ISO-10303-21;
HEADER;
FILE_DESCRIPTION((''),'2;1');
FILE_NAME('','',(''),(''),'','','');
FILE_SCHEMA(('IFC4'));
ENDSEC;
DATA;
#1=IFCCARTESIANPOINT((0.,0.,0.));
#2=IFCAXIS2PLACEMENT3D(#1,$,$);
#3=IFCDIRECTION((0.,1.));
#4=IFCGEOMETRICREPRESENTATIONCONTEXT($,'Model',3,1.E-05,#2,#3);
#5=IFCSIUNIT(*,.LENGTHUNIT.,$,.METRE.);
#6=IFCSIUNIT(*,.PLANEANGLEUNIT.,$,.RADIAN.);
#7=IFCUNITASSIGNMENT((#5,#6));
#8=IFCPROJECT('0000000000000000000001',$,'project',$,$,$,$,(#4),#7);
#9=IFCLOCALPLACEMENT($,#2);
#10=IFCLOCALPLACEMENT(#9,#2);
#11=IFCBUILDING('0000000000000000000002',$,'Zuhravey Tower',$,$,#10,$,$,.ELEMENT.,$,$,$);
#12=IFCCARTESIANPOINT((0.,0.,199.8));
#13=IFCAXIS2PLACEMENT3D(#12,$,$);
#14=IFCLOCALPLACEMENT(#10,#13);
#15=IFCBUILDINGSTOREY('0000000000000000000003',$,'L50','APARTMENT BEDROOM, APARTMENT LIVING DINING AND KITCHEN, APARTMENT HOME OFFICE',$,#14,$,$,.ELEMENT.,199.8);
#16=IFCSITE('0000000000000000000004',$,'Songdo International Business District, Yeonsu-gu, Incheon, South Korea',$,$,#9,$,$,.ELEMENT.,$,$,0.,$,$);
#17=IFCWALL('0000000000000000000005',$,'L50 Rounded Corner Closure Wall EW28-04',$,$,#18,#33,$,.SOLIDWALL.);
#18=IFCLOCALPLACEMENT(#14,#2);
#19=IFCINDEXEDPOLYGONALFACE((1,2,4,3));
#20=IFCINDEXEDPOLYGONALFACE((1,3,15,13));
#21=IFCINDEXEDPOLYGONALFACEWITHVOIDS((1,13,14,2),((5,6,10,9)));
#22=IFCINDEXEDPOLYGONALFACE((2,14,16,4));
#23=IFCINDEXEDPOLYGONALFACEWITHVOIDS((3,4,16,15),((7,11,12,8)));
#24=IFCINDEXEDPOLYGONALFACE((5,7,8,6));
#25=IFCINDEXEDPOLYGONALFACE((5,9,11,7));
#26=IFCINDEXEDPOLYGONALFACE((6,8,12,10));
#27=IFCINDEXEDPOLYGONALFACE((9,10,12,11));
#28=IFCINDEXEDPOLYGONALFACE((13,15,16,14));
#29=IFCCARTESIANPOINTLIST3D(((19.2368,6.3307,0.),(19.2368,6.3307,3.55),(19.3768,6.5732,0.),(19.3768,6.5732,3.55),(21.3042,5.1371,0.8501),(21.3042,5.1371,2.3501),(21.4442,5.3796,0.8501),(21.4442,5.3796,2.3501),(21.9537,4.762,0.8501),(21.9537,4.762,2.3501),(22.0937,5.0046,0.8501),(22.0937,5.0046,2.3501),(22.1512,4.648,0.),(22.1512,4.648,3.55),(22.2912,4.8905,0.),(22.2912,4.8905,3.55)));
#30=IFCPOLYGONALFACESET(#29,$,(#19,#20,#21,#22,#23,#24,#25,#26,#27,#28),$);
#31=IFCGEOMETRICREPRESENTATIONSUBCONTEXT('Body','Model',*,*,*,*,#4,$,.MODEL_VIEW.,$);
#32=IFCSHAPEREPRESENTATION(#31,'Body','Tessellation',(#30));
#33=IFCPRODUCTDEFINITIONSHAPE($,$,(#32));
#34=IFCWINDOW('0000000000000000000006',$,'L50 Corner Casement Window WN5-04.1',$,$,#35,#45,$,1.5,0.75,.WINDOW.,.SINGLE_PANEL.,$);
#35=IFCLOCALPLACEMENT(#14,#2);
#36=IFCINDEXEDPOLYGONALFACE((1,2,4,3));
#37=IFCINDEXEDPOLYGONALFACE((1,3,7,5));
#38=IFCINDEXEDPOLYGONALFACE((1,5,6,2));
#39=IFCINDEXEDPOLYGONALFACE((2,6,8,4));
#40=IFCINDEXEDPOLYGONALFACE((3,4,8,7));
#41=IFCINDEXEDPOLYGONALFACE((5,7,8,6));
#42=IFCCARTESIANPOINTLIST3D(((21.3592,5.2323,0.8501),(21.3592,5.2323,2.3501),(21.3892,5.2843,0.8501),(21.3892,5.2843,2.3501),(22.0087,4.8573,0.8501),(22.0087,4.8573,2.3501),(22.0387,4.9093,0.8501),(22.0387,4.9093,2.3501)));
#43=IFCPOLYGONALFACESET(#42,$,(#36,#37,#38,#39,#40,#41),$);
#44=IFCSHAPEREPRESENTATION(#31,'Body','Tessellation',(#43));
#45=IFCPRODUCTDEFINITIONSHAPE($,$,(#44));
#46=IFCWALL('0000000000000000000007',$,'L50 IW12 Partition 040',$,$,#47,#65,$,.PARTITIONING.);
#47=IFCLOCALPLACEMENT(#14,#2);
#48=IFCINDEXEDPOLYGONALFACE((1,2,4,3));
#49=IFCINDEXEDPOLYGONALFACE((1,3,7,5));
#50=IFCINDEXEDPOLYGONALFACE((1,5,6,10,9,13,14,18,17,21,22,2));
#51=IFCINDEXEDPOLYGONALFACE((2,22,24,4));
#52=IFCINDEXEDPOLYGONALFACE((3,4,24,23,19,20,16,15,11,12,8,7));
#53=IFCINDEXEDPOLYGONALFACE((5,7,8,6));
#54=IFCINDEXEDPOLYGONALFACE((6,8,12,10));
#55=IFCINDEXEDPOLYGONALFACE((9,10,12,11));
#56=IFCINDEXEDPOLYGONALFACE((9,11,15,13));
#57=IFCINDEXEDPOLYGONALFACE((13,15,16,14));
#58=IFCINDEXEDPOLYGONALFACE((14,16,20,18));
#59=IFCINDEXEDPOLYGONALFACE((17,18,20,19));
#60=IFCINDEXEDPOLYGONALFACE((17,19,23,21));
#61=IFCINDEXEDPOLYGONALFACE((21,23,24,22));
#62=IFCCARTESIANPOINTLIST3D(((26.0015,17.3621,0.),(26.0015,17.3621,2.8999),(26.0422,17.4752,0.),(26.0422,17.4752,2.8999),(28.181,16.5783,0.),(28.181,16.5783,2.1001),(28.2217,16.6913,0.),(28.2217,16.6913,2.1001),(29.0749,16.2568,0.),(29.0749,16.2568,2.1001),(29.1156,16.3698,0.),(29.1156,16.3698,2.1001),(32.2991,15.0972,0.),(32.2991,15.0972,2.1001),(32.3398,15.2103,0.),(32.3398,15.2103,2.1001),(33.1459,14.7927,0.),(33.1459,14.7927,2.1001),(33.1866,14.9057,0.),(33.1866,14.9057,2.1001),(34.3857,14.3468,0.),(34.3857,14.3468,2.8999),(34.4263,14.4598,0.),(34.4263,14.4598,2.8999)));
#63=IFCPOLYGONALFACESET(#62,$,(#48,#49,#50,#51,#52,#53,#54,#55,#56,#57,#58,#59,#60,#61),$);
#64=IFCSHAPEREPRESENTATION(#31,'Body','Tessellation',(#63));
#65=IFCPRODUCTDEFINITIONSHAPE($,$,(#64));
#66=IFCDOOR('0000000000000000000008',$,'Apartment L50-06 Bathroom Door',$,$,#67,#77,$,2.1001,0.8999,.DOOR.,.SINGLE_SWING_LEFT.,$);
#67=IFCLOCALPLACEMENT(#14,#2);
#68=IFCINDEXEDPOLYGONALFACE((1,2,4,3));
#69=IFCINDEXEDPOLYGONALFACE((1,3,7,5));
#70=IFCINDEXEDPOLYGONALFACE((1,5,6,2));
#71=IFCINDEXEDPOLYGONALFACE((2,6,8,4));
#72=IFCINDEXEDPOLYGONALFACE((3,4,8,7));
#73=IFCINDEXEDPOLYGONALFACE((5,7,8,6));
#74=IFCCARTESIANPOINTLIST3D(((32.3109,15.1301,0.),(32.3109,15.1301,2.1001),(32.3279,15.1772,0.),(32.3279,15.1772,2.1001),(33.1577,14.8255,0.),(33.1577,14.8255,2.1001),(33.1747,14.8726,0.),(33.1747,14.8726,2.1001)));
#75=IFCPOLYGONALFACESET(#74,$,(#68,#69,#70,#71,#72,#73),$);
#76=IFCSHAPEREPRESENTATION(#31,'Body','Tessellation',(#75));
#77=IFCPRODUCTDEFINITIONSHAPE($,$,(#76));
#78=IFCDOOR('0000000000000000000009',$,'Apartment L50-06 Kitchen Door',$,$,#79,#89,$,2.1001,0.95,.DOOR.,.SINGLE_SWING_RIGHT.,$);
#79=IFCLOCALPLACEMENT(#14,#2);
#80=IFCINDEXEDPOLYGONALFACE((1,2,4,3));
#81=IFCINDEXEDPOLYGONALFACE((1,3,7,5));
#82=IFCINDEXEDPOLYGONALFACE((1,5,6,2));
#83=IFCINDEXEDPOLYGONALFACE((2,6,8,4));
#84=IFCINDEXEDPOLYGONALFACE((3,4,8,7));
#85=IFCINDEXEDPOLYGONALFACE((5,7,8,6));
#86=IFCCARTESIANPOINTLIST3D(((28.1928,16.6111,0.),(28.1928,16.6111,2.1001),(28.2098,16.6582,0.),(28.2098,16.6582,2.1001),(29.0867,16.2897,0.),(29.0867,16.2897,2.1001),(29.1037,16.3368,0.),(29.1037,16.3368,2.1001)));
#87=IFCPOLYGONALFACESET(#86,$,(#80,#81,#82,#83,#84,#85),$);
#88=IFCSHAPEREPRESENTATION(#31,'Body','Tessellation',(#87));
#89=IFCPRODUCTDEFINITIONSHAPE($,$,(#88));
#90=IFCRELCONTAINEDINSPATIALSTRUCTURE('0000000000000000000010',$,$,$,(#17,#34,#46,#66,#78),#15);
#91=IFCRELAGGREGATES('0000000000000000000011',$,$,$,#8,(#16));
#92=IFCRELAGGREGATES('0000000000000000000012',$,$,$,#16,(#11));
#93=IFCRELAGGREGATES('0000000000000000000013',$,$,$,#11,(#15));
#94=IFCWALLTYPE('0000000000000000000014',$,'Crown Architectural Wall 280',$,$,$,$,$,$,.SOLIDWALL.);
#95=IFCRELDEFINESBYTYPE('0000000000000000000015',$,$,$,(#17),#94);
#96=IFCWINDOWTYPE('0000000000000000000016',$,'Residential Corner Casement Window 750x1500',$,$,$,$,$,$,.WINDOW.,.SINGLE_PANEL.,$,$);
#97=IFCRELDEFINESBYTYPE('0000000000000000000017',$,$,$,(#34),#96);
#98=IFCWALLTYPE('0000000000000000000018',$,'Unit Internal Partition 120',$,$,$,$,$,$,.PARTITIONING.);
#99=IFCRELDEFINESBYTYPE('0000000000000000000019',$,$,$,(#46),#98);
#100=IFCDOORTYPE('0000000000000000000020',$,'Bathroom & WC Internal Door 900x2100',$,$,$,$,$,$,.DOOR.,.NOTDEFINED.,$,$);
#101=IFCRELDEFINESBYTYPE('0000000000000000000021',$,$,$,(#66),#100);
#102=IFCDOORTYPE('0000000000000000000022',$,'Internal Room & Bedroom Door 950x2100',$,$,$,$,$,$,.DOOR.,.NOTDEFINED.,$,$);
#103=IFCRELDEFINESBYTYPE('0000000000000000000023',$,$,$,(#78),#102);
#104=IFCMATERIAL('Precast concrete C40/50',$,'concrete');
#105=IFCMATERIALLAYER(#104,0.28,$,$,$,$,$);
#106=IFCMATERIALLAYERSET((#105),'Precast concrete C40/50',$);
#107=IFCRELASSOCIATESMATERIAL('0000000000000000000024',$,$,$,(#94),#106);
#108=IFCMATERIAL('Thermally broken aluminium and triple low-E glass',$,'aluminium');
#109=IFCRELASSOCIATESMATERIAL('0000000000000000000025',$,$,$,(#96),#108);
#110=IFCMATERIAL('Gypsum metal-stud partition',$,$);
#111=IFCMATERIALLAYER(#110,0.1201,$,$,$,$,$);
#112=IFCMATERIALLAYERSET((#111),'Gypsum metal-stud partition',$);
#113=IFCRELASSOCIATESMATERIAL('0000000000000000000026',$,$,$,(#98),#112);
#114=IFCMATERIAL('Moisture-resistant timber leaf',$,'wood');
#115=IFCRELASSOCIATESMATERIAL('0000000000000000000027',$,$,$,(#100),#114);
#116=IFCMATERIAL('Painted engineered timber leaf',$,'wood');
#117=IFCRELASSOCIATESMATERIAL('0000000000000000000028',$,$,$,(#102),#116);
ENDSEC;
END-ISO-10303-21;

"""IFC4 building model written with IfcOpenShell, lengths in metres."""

from ifc_helpers import new_model, si_unit, direction, frame, frame_2d, origin, place, context, subcontext, project, spatial, rectangle, extrude, material, layer, layer_set, type_object, element, fill, save


model = new_model("IFC4")

# Units and contexts
model_context = context("Model", 3, precision=1e-05, world=origin(), true_north=direction((0.0, 1.0)))
body_context = subcontext(model_context, "Body", "Model", "MODEL_VIEW")
ifc_project = project(units=[si_unit("LENGTHUNIT", "METRE"), si_unit("PLANEANGLEUNIT", "RADIAN")], contexts=[model_context])

# Site, building, storey
site_placement = place(None, origin())
site = spatial("IfcSite", under=ifc_project, at=site_placement, Name="Songdo International Business District, Yeonsu-gu, Incheon, South Korea", CompositionType="ELEMENT", RefElevation=0.0)
building_placement = place(site_placement, origin())
building = spatial("IfcBuilding", under=site, at=building_placement, Name="Zuhravey Tower", CompositionType="ELEMENT")
storey_placement = place(building_placement, frame((0.0, 0.0, 199.8)))
storey = spatial("IfcBuildingStorey", under=building, at=storey_placement, Name="L50", Description="APARTMENT BEDROOM, APARTMENT LIVING DINING AND KITCHEN, APARTMENT HOME OFFICE", CompositionType="ELEMENT", Elevation=199.8)

# Wall, opening, window
ifc_material_1 = material(Name="Precast concrete C40/50", Category="concrete")
ifc_layer_1 = layer(ifc_material_1, 0.28)
ifc_layer_set_1 = layer_set([ifc_layer_1], Name="Precast concrete C40/50")
wall_type_1 = type_object("IfcWallType", Name="Crown Architectural Wall 280", PredefinedType="SOLIDWALL", material=ifc_layer_set_1)
wall_1_placement = place(storey_placement, frame((22.2212, 4.7693, 0.0), z_axis=(0.0, 0.0, 1.0), x_axis=(-0.86602, 0.500009, 0.0)))
wall_1 = element("IfcWall", 1, at=wall_1_placement, inside=storey, type_object=wall_type_1, Name="L50 Rounded Corner Closure Wall EW28-04", PredefinedType="SOLIDWALL", context=body_context, shape_type="SweptSolid", body=[
    extrude(rectangle(XDim=3.3652, YDim=0.28, at=frame_2d((1.6826, 0.0))), origin(), (0.0, 0.0, 1.0), 3.55),
])
opening_1_placement = place(wall_1_placement, frame((0.228, 0.0, 0.8501)))
opening_1 = element("IfcOpeningElement", 2, at=opening_1_placement, cuts=wall_1, PredefinedType="OPENING", context=body_context, shape_type="SweptSolid", body=[
    extrude(rectangle(XDim=0.75, YDim=1.5, at=frame_2d((0.375, 0.75))), frame((0.0, 0.1521, 0.0), z_axis=(0.0, -1.0, 0.0), x_axis=(1.0, 0.0, 0.0)), (0.0, 0.0, 1.0), 0.304),
])
ifc_material_2 = material(Name="Thermally broken aluminium and triple low-E glass", Category="aluminium")
window_type = type_object("IfcWindowType", Name="Residential Corner Casement Window 750x1500", PartitioningType="SINGLE_PANEL", PredefinedType="WINDOW", material=ifc_material_2)
window_placement = place(opening_1_placement, origin())
window = element("IfcWindow", 3, at=window_placement, inside=storey, type_object=window_type, Name="L50 Corner Casement Window WN5-04.1", OverallHeight=1.5, OverallWidth=0.75, PartitioningType="SINGLE_PANEL", PredefinedType="WINDOW", context=body_context, shape_type="SweptSolid", body=[
    extrude(rectangle(XDim=0.75, YDim=1.5, at=frame_2d((0.375, 0.75))), frame((0.0, 0.03, 0.0), z_axis=(0.0, -1.0, 0.0), x_axis=(1.0, 0.0, 0.0)), (0.0, 0.0, 1.0), 0.0601),
])
fill(opening_1, window)

# Wall, openings, doors
ifc_material_3 = material(Name="Gypsum metal-stud partition")
ifc_layer_2 = layer(ifc_material_3, 0.1201)
ifc_layer_set_2 = layer_set([ifc_layer_2], Name="Gypsum metal-stud partition")
wall_type_2 = type_object("IfcWallType", Name="Unit Internal Partition 120", PredefinedType="PARTITIONING", material=ifc_layer_set_2)
wall_2_placement = place(storey_placement, frame((26.0217, 17.4187, 0.0), z_axis=(0.0, 0.0, 1.0), x_axis=(0.940993, -0.338425, 0.0)))
wall_2 = element("IfcWall", 4, at=wall_2_placement, inside=storey, type_object=wall_type_2, Name="L50 IW12 Partition 040", PredefinedType="PARTITIONING", context=body_context, shape_type="SweptSolid", body=[
    extrude(rectangle(XDim=8.9099, YDim=0.1201, at=frame_2d((4.4551, 0.0))), origin(), (0.0, 0.0, 1.0), 2.8999),
])
opening_2_placement = place(wall_2_placement, frame((2.3162, 0.0, 0.0)))
opening_2 = element("IfcOpeningElement", 5, at=opening_2_placement, cuts=wall_2, PredefinedType="OPENING", context=body_context, shape_type="SweptSolid", body=[
    extrude(rectangle(XDim=0.95, YDim=2.1001, at=frame_2d((0.4751, 1.05))), frame((0.0, 0.072, 0.0), z_axis=(0.0, -1.0, 0.0), x_axis=(1.0, 0.0, 0.0)), (0.0, 0.0, 1.0), 0.144),
])
opening_3_placement = place(wall_2_placement, frame((6.6926, 0.0, 0.0)))
opening_3 = element("IfcOpeningElement", 6, at=opening_3_placement, cuts=wall_2, PredefinedType="OPENING", context=body_context, shape_type="SweptSolid", body=[
    extrude(rectangle(XDim=0.8999, YDim=2.1001, at=frame_2d((0.45, 1.05))), frame((0.0, 0.072, 0.0), z_axis=(0.0, -1.0, 0.0), x_axis=(1.0, 0.0, 0.0)), (0.0, 0.0, 1.0), 0.144),
])
ifc_material_4 = material(Name="Moisture-resistant timber leaf", Category="wood")
door_type_1 = type_object("IfcDoorType", Name="Bathroom & WC Internal Door 900x2100", OperationType="NOTDEFINED", PredefinedType="DOOR", material=ifc_material_4)
door_1_placement = place(opening_3_placement, origin())
door_1 = element("IfcDoor", 7, at=door_1_placement, inside=storey, type_object=door_type_1, Name="Apartment L50-06 Bathroom Door", OperationType="SINGLE_SWING_LEFT", OverallHeight=2.1001, OverallWidth=0.8999, PredefinedType="DOOR", context=body_context, shape_type="SweptSolid", body=[
    extrude(rectangle(XDim=0.8999, YDim=2.1001, at=frame_2d((0.45, 1.05))), frame((0.0, 0.0249, 0.0), z_axis=(0.0, -1.0, 0.0), x_axis=(1.0, 0.0, 0.0)), (0.0, 0.0, 1.0), 0.05),
])
fill(opening_3, door_1)
ifc_material_5 = material(Name="Painted engineered timber leaf", Category="wood")
door_type_2 = type_object("IfcDoorType", Name="Internal Room & Bedroom Door 950x2100", OperationType="NOTDEFINED", PredefinedType="DOOR", material=ifc_material_5)
door_2_placement = place(opening_2_placement, origin())
door_2 = element("IfcDoor", 8, at=door_2_placement, inside=storey, type_object=door_type_2, Name="Apartment L50-06 Kitchen Door", OperationType="SINGLE_SWING_RIGHT", OverallHeight=2.1001, OverallWidth=0.95, PredefinedType="DOOR", context=body_context, shape_type="SweptSolid", body=[
    extrude(rectangle(XDim=0.95, YDim=2.1001, at=frame_2d((0.4751, 1.05))), frame((0.0, 0.0249, 0.0), z_axis=(0.0, -1.0, 0.0), x_axis=(1.0, 0.0, 0.0)), (0.0, 0.0, 1.0), 0.05),
])
fill(opening_2, door_2)

save(model, "model.ifc")
